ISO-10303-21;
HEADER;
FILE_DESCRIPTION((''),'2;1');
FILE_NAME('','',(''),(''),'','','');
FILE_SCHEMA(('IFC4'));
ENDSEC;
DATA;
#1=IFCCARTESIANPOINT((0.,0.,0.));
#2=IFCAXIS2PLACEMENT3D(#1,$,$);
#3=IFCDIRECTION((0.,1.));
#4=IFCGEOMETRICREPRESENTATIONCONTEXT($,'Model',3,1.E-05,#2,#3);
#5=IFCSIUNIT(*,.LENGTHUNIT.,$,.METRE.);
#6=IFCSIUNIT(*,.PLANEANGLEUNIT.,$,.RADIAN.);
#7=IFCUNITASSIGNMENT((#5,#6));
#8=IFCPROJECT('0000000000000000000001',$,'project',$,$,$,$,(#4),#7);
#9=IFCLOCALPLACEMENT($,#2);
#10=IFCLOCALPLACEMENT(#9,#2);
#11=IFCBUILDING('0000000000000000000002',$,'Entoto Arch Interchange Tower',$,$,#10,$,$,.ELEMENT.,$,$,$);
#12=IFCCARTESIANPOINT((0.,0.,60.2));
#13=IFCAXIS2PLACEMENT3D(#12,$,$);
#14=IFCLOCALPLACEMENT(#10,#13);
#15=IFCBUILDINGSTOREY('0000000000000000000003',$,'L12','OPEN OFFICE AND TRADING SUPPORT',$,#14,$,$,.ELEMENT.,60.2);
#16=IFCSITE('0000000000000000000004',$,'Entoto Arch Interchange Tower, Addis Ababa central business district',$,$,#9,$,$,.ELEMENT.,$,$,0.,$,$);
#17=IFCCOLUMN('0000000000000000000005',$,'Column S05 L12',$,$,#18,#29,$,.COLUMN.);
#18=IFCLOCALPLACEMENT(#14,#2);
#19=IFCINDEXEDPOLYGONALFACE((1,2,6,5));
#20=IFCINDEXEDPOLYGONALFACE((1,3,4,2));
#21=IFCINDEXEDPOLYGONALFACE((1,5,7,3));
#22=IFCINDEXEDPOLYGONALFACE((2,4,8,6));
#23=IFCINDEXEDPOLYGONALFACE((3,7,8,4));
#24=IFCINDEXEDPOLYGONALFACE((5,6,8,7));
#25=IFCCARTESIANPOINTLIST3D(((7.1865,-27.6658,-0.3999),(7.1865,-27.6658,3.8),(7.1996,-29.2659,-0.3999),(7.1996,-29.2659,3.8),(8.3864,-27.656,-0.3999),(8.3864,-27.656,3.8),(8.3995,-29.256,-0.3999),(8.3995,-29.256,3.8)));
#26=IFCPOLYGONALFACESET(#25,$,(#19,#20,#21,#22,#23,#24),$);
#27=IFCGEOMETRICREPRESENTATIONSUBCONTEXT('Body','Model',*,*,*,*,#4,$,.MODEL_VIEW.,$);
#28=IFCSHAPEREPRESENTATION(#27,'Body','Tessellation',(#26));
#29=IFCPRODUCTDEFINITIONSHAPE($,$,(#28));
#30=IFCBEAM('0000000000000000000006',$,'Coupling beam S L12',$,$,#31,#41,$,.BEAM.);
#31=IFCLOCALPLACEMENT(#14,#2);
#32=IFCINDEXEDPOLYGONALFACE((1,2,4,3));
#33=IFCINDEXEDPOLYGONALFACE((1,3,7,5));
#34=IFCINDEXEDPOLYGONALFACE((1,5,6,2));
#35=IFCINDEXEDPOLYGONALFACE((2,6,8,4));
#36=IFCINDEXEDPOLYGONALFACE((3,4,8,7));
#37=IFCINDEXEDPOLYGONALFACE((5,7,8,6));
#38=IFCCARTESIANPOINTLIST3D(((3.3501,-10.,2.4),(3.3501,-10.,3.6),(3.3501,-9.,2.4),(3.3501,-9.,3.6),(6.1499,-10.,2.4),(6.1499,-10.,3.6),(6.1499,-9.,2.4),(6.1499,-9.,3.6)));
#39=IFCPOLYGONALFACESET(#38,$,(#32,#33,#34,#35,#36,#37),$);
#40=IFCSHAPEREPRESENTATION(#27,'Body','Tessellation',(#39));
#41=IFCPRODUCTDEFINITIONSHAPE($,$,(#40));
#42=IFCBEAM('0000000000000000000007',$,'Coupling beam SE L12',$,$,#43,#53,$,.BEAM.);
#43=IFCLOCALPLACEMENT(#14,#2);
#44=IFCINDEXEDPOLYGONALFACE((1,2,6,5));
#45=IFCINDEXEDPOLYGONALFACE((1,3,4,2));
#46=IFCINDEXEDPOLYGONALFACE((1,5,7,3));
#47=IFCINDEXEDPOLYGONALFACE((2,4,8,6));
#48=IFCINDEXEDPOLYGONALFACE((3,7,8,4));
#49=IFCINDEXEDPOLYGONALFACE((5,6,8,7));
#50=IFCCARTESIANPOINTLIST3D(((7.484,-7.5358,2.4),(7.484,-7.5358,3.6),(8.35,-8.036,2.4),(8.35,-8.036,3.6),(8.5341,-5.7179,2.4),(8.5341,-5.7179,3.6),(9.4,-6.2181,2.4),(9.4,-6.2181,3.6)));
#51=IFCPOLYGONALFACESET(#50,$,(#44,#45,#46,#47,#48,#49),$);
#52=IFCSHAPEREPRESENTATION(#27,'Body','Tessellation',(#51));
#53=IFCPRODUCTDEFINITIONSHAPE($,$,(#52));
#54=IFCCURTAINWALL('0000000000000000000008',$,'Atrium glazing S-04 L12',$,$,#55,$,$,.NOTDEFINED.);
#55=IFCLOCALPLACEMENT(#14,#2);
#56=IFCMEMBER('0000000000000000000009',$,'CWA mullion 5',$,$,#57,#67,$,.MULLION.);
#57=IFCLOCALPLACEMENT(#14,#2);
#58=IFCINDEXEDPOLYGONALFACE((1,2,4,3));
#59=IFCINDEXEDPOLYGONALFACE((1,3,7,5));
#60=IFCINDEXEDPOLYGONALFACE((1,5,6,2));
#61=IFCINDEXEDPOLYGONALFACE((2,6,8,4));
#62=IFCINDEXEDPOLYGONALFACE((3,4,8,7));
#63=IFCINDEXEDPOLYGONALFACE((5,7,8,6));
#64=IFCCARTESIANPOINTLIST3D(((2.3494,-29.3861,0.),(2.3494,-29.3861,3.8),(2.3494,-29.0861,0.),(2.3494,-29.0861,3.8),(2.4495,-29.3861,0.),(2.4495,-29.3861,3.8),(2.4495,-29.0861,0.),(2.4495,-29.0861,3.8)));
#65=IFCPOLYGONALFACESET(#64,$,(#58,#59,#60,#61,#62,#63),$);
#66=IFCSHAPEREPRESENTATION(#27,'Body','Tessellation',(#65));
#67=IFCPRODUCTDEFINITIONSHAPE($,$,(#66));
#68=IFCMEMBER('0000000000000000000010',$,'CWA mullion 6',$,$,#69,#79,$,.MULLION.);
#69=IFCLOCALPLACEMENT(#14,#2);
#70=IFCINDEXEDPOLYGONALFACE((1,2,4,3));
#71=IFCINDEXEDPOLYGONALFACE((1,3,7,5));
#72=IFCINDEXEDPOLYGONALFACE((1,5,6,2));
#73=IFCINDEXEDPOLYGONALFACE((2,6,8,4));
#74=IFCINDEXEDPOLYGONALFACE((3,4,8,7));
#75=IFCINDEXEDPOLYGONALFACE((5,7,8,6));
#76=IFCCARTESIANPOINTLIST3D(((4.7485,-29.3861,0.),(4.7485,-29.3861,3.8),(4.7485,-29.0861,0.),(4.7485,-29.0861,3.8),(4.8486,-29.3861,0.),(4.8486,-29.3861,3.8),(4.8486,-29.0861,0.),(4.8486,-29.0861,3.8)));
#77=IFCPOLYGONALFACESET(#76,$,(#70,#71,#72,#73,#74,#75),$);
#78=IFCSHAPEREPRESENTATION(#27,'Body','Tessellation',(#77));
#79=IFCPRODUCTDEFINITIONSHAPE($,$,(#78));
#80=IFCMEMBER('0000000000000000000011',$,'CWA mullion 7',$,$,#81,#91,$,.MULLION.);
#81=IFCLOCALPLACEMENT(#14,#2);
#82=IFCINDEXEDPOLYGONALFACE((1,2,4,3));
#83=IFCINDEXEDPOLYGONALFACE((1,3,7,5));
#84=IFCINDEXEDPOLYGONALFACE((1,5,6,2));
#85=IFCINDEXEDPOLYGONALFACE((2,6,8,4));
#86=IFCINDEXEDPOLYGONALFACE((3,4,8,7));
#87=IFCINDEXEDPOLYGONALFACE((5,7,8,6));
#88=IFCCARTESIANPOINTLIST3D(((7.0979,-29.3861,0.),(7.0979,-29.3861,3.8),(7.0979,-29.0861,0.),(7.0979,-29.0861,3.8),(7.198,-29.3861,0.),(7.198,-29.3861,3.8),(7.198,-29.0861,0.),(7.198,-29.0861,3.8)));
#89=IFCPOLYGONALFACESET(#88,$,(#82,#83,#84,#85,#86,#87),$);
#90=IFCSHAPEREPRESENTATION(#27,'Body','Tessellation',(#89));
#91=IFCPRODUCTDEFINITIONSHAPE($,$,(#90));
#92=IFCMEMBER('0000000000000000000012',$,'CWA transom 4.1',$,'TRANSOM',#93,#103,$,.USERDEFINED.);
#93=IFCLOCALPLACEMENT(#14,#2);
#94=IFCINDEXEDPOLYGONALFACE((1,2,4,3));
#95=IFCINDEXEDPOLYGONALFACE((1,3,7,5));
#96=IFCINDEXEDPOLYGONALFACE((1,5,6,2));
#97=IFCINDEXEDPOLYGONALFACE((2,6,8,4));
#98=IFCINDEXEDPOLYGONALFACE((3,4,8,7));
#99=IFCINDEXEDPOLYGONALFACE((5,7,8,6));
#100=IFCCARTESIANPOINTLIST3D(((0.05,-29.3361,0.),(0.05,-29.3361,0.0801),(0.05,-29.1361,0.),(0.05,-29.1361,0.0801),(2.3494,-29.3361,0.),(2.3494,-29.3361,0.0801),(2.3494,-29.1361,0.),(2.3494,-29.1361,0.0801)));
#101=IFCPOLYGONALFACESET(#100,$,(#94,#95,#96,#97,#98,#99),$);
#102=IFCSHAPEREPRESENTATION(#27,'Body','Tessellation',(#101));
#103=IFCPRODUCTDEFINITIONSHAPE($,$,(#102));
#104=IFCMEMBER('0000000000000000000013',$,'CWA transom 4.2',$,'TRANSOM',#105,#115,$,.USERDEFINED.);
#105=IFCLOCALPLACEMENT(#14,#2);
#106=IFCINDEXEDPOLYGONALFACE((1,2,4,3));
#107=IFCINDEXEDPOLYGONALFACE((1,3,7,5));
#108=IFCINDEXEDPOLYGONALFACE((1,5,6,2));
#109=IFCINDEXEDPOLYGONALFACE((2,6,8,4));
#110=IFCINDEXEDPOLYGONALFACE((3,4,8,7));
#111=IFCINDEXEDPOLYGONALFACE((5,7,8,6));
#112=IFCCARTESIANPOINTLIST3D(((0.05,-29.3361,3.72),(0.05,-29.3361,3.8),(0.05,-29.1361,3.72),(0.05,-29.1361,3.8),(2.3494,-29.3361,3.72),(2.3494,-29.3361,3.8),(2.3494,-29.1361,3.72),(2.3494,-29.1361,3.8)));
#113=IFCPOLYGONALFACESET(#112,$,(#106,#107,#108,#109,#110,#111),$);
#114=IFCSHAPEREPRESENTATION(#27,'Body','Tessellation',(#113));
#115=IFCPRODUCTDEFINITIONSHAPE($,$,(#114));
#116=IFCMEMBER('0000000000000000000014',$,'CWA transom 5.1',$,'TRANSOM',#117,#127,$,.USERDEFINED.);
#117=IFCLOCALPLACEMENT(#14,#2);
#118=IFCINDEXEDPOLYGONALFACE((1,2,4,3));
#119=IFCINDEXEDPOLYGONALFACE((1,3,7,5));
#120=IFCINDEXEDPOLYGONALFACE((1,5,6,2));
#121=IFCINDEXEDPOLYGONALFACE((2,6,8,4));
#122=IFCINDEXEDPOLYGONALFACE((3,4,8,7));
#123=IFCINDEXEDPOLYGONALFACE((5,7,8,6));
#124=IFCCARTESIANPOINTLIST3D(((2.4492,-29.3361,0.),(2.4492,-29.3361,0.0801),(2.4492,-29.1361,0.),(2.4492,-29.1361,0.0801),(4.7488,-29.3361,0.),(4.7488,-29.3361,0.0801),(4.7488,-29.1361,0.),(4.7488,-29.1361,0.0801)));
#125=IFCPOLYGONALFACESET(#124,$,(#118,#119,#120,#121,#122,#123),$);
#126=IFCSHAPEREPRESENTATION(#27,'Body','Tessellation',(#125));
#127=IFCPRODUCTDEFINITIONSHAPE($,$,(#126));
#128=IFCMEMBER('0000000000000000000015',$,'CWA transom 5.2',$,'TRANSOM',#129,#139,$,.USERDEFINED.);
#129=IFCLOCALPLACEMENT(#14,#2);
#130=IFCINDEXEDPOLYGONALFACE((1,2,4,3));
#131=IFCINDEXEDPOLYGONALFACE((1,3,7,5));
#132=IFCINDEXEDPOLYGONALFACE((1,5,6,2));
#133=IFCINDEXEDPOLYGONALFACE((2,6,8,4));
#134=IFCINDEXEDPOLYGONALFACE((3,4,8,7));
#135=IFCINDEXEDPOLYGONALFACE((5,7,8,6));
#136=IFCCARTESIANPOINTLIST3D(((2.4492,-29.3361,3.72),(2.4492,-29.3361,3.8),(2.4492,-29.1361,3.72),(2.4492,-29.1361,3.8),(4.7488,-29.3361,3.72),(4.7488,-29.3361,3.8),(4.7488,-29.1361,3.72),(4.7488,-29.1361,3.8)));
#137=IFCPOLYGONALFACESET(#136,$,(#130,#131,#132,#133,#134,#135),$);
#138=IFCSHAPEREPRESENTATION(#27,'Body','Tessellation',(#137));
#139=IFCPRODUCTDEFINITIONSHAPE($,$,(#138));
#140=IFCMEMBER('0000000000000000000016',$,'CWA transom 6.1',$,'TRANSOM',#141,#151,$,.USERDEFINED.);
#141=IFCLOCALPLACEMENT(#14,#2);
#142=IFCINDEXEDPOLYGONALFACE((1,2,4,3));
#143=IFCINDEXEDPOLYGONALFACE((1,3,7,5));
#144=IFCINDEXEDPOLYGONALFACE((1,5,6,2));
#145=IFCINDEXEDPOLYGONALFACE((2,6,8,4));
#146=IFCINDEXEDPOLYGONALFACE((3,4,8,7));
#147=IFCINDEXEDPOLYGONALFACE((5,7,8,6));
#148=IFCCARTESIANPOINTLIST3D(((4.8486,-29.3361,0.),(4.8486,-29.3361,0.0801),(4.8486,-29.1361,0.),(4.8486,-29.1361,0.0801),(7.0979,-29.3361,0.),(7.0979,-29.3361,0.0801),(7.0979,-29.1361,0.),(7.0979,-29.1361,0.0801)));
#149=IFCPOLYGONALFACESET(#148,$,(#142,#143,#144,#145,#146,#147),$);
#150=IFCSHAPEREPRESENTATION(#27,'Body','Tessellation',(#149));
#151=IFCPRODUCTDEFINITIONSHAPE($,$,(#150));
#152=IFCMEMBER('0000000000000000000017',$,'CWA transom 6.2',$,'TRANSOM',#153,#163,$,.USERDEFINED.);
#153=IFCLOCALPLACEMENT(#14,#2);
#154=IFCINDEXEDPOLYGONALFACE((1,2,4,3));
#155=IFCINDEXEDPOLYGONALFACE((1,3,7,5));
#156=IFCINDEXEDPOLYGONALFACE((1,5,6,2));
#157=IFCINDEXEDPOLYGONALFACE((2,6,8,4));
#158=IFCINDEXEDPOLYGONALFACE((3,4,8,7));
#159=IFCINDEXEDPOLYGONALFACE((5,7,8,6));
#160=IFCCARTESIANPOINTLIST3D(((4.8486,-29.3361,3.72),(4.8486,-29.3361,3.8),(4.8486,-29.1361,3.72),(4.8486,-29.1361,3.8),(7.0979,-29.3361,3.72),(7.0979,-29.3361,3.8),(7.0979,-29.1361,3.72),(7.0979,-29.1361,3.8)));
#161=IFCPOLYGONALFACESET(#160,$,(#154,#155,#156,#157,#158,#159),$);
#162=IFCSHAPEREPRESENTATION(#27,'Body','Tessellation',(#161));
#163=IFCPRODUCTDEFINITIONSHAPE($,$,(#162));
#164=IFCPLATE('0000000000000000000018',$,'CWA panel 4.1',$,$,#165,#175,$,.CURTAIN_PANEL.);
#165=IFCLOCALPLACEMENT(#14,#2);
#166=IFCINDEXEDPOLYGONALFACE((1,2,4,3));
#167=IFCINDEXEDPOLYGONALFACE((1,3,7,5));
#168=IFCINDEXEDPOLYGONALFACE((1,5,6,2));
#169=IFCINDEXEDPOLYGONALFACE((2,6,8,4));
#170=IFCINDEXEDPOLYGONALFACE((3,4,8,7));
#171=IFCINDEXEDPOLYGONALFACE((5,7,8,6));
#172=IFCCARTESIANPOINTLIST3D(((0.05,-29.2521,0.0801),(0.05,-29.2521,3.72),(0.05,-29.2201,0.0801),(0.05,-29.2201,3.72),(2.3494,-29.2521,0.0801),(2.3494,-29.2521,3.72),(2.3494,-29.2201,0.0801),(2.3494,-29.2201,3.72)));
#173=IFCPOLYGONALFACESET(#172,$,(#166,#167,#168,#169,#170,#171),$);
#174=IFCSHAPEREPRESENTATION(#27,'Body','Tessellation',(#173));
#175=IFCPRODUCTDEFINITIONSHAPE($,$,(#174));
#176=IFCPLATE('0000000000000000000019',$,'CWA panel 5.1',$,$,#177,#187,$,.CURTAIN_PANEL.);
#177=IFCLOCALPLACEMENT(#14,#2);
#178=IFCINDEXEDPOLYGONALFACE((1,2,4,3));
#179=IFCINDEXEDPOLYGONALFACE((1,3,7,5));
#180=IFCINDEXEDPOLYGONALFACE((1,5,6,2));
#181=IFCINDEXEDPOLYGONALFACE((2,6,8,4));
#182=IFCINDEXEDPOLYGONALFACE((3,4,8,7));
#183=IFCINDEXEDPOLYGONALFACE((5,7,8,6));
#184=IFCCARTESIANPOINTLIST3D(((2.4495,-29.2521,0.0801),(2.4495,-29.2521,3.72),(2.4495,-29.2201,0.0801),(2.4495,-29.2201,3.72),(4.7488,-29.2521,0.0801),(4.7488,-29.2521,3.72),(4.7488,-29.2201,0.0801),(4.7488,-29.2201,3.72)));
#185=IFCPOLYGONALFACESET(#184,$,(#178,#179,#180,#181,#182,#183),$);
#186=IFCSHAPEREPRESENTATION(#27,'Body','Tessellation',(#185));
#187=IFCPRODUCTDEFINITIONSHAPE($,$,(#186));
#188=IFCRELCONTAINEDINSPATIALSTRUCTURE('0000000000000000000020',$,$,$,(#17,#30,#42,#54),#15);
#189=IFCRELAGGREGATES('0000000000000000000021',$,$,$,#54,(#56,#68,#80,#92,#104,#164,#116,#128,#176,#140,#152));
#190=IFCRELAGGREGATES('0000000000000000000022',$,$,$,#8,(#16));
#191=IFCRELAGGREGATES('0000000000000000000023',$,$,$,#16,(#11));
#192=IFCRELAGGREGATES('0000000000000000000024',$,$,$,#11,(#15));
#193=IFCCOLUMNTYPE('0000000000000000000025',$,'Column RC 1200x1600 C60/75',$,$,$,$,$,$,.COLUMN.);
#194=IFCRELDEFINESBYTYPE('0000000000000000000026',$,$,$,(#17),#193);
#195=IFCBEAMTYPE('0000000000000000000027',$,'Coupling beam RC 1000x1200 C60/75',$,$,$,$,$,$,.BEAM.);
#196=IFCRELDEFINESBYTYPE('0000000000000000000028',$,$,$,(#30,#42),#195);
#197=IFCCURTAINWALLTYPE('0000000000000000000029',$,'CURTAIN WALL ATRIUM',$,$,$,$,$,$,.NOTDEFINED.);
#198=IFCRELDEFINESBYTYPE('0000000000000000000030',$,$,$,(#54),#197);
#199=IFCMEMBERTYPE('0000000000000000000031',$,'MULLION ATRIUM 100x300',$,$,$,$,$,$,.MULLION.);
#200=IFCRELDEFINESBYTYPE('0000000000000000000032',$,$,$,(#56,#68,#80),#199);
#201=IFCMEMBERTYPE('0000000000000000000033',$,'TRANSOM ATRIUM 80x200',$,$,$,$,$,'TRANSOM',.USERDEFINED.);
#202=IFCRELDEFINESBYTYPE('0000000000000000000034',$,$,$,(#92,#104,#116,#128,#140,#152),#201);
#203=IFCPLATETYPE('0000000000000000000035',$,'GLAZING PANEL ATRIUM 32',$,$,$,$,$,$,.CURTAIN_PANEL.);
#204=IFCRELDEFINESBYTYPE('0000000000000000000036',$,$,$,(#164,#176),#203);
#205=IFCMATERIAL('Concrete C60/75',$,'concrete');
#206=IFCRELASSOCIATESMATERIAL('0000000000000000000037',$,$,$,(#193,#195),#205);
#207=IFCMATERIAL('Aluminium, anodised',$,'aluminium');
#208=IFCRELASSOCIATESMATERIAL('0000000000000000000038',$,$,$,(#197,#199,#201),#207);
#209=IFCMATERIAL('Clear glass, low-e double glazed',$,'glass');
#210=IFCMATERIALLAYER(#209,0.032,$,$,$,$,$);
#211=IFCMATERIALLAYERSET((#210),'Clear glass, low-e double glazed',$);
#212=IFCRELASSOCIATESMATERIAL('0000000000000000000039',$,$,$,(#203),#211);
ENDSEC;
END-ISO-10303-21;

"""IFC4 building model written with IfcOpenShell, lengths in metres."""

from ifc_helpers import new_model, si_unit, direction, frame, origin, origin_2d, place, context, subcontext, project, spatial, rectangle, extrude, material, layer, layer_set, material_profile, profile_set, type_object, element, aggregate, save


model = new_model("IFC4")

# Units and contexts
model_context = context("Model", 3, precision=1e-05, world=origin(), true_north=direction((0.0, 1.0)))
body_context = subcontext(model_context, "Body", "Model", "MODEL_VIEW")
ifc_project = project(units=[si_unit("LENGTHUNIT", "METRE"), si_unit("PLANEANGLEUNIT", "RADIAN")], contexts=[model_context])

# Site, building, storey
site_placement = place(None, origin())
site = spatial("IfcSite", under=ifc_project, at=site_placement, Name="Entoto Arch Interchange Tower, Addis Ababa central business district", CompositionType="ELEMENT", RefElevation=0.0)
building_placement = place(site_placement, origin())
building = spatial("IfcBuilding", under=site, at=building_placement, Name="Entoto Arch Interchange Tower", CompositionType="ELEMENT")
storey_placement = place(building_placement, frame((0.0, 0.0, 60.2)))
storey = spatial("IfcBuildingStorey", under=building, at=storey_placement, Name="L12", Description="OPEN OFFICE AND TRADING SUPPORT", CompositionType="ELEMENT", Elevation=60.2)

# Column
ifc_material_1 = material(Name="Concrete C60/75", Category="concrete")
ifc_material_profile_1 = material_profile(ifc_material_1, rectangle(XDim=1.2, YDim=1.6001, at=origin_2d()))
ifc_profile_set_1 = profile_set([ifc_material_profile_1], Name="Concrete C60/75")
column_type = type_object("IfcColumnType", Name="Column RC 1200x1600 C60/75", PredefinedType="COLUMN", material=ifc_profile_set_1)
column_placement = place(storey_placement, frame((7.793, -28.4609, -0.3999), z_axis=(0.0, 0.0, 1.0), x_axis=(0.999966, 0.008203, 0.0)))
element("IfcColumn", 1, at=column_placement, inside=storey, type_object=column_type, Name="Column S05 L12", PredefinedType="COLUMN", context=body_context, shape_type="SweptSolid", body=[
    extrude(rectangle(XDim=1.2, YDim=1.6001, at=origin_2d()), origin(), (0.0, 0.0, 1.0), 4.2),
])

# Beams
ifc_material_profile_2 = material_profile(ifc_material_1, rectangle(XDim=1.0, YDim=1.2, at=origin_2d()))
ifc_profile_set_2 = profile_set([ifc_material_profile_2], Name="Concrete C60/75")
beam_type = type_object("IfcBeamType", Name="Coupling beam RC 1000x1200 C60/75", PredefinedType="BEAM", material=ifc_profile_set_2)
beam_1_placement = place(storey_placement, frame((3.3501, -9.5, 3.0), z_axis=(1.0, 0.0, 0.0), x_axis=(0.0, 1.0, 0.0)))
element("IfcBeam", 2, at=beam_1_placement, inside=storey, type_object=beam_type, Name="Coupling beam S L12", PredefinedType="BEAM", context=body_context, shape_type="SweptSolid", body=[
    extrude(rectangle(XDim=1.0, YDim=1.2, at=origin_2d()), origin(), (0.0, 0.0, 1.0), 2.7998),
])
beam_2_placement = place(storey_placement, frame((7.917, -7.7859, 3.0), z_axis=(0.500179, 0.865922, 0.0), x_axis=(-0.865922, 0.500179, 0.0)))
element("IfcBeam", 3, at=beam_2_placement, inside=storey, type_object=beam_type, Name="Coupling beam SE L12", PredefinedType="BEAM", context=body_context, shape_type="SweptSolid", body=[
    extrude(rectangle(XDim=1.0, YDim=1.2, at=origin_2d()), origin(), (0.0, 0.0, 1.0), 2.0994),
])

# Curtain wall, members, plates
ifc_material_2 = material(Name="Aluminium, anodised", Category="aluminium")
curtain_wall_type = type_object("IfcCurtainWallType", Name="CURTAIN WALL ATRIUM", PredefinedType="NOTDEFINED", material=ifc_material_2)
curtain_wall_placement = place(storey_placement, origin())
curtain_wall = element("IfcCurtainWall", 4, at=curtain_wall_placement, inside=storey, type_object=curtain_wall_type, Name="Atrium glazing S-04 L12", PredefinedType="NOTDEFINED")
ifc_material_profile_3 = material_profile(ifc_material_2, rectangle(XDim=0.3, YDim=0.1001, at=origin_2d()))
ifc_profile_set_3 = profile_set([ifc_material_profile_3], Name="Aluminium, anodised")
member_type_1 = type_object("IfcMemberType", Name="MULLION ATRIUM 100x300", PredefinedType="MULLION", material=ifc_profile_set_3)
member_1_placement = place(storey_placement, frame((2.3994, -29.2361, 0.0), z_axis=(0.0, 0.0, 1.0), x_axis=(0.0, 1.0, 0.0)))
member_1 = element("IfcMember", 5, at=member_1_placement, type_object=member_type_1, Name="CWA mullion 5", PredefinedType="MULLION", context=body_context, shape_type="SweptSolid", body=[
    extrude(rectangle(XDim=0.3, YDim=0.1001, at=origin_2d()), origin(), (0.0, 0.0, 1.0), 3.8),
])
member_2_placement = place(storey_placement, frame((4.7986, -29.2361, 0.0), z_axis=(0.0, 0.0, 1.0), x_axis=(0.0, 1.0, 0.0)))
member_2 = element("IfcMember", 6, at=member_2_placement, type_object=member_type_1, Name="CWA mullion 6", PredefinedType="MULLION", context=body_context, shape_type="SweptSolid", body=[
    extrude(rectangle(XDim=0.3, YDim=0.1001, at=origin_2d()), origin(), (0.0, 0.0, 1.0), 3.8),
])
member_3_placement = place(storey_placement, frame((7.1479, -29.2361, 0.0), z_axis=(0.0, 0.0, 1.0), x_axis=(0.0, 1.0, 0.0)))
member_3 = element("IfcMember", 7, at=member_3_placement, type_object=member_type_1, Name="CWA mullion 7", PredefinedType="MULLION", context=body_context, shape_type="SweptSolid", body=[
    extrude(rectangle(XDim=0.3, YDim=0.1001, at=origin_2d()), origin(), (0.0, 0.0, 1.0), 3.8),
])
ifc_material_profile_4 = material_profile(ifc_material_2, rectangle(XDim=0.2, YDim=0.0801, at=origin_2d()))
ifc_profile_set_4 = profile_set([ifc_material_profile_4], Name="Aluminium, anodised")
member_type_2 = type_object("IfcMemberType", Name="TRANSOM ATRIUM 80x200", ElementType="TRANSOM", PredefinedType="USERDEFINED", material=ifc_profile_set_4)
member_4_placement = place(storey_placement, frame((0.05, -29.2361, 0.04), z_axis=(1.0, 0.0, 0.0), x_axis=(0.0, 1.0, 0.0)))
member_4 = element("IfcMember", 8, at=member_4_placement, type_object=member_type_2, Name="CWA transom 4.1", ObjectType="TRANSOM", PredefinedType="USERDEFINED", context=body_context, shape_type="SweptSolid", body=[
    extrude(rectangle(XDim=0.2, YDim=0.0801, at=origin_2d()), origin(), (0.0, 0.0, 1.0), 2.2993),
])
member_5_placement = place(storey_placement, frame((0.05, -29.2361, 3.76), z_axis=(1.0, 0.0, 0.0), x_axis=(0.0, 1.0, 0.0)))
member_5 = element("IfcMember", 9, at=member_5_placement, type_object=member_type_2, Name="CWA transom 4.2", ObjectType="TRANSOM", PredefinedType="USERDEFINED", context=body_context, shape_type="SweptSolid", body=[
    extrude(rectangle(XDim=0.2, YDim=0.0801, at=origin_2d()), origin(), (0.0, 0.0, 1.0), 2.2993),
])
member_6_placement = place(storey_placement, frame((2.4492, -29.2361, 0.04), z_axis=(1.0, 0.0, 0.0), x_axis=(0.0, 1.0, 0.0)))
member_6 = element("IfcMember", 10, at=member_6_placement, type_object=member_type_2, Name="CWA transom 5.1", ObjectType="TRANSOM", PredefinedType="USERDEFINED", context=body_context, shape_type="SweptSolid", body=[
    extrude(rectangle(XDim=0.2, YDim=0.0801, at=origin_2d()), origin(), (0.0, 0.0, 1.0), 2.2996),
])
member_7_placement = place(storey_placement, frame((2.4492, -29.2361, 3.76), z_axis=(1.0, 0.0, 0.0), x_axis=(0.0, 1.0, 0.0)))
member_7 = element("IfcMember", 11, at=member_7_placement, type_object=member_type_2, Name="CWA transom 5.2", ObjectType="TRANSOM", PredefinedType="USERDEFINED", context=body_context, shape_type="SweptSolid", body=[
    extrude(rectangle(XDim=0.2, YDim=0.0801, at=origin_2d()), origin(), (0.0, 0.0, 1.0), 2.2996),
])
member_8_placement = place(storey_placement, frame((4.8486, -29.2361, 0.04), z_axis=(1.0, 0.0, 0.0), x_axis=(0.0, 1.0, 0.0)))
member_8 = element("IfcMember", 12, at=member_8_placement, type_object=member_type_2, Name="CWA transom 6.1", ObjectType="TRANSOM", PredefinedType="USERDEFINED", context=body_context, shape_type="SweptSolid", body=[
    extrude(rectangle(XDim=0.2, YDim=0.0801, at=origin_2d()), origin(), (0.0, 0.0, 1.0), 2.2493),
])
member_9_placement = place(storey_placement, frame((4.8486, -29.2361, 3.76), z_axis=(1.0, 0.0, 0.0), x_axis=(0.0, 1.0, 0.0)))
member_9 = element("IfcMember", 13, at=member_9_placement, type_object=member_type_2, Name="CWA transom 6.2", ObjectType="TRANSOM", PredefinedType="USERDEFINED", context=body_context, shape_type="SweptSolid", body=[
    extrude(rectangle(XDim=0.2, YDim=0.0801, at=origin_2d()), origin(), (0.0, 0.0, 1.0), 2.2493),
])
ifc_material_3 = material(Name="Clear glass, low-e double glazed", Category="glass")
ifc_layer_1 = layer(ifc_material_3, 0.032)
ifc_layer_set_1 = layer_set([ifc_layer_1], Name="Clear glass, low-e double glazed")
plate_type = type_object("IfcPlateType", Name="GLAZING PANEL ATRIUM 32", PredefinedType="CURTAIN_PANEL", material=ifc_layer_set_1)
plate_1_placement = place(storey_placement, frame((1.1997, -29.2361, 0.0801), z_axis=(0.0, 0.0, 1.0), x_axis=(1.0, 0.0, 0.0)))
plate_1 = element("IfcPlate", 14, at=plate_1_placement, type_object=plate_type, Name="CWA panel 4.1", PredefinedType="CURTAIN_PANEL", context=body_context, shape_type="SweptSolid", body=[
    extrude(rectangle(XDim=2.2993, YDim=0.032, at=origin_2d()), origin(), (0.0, 0.0, 1.0), 3.6399),
])
plate_2_placement = place(storey_placement, frame((3.5991, -29.2361, 0.0801), z_axis=(0.0, 0.0, 1.0), x_axis=(1.0, 0.0, 0.0)))
plate_2 = element("IfcPlate", 15, at=plate_2_placement, type_object=plate_type, Name="CWA panel 5.1", PredefinedType="CURTAIN_PANEL", context=body_context, shape_type="SweptSolid", body=[
    extrude(rectangle(XDim=2.2993, YDim=0.032, at=origin_2d()), origin(), (0.0, 0.0, 1.0), 3.6399),
])
aggregate(curtain_wall, [member_1, member_2, member_3, member_4, member_5, plate_1, member_6, member_7, plate_2, member_8, member_9])

save(model, "model.ifc")
